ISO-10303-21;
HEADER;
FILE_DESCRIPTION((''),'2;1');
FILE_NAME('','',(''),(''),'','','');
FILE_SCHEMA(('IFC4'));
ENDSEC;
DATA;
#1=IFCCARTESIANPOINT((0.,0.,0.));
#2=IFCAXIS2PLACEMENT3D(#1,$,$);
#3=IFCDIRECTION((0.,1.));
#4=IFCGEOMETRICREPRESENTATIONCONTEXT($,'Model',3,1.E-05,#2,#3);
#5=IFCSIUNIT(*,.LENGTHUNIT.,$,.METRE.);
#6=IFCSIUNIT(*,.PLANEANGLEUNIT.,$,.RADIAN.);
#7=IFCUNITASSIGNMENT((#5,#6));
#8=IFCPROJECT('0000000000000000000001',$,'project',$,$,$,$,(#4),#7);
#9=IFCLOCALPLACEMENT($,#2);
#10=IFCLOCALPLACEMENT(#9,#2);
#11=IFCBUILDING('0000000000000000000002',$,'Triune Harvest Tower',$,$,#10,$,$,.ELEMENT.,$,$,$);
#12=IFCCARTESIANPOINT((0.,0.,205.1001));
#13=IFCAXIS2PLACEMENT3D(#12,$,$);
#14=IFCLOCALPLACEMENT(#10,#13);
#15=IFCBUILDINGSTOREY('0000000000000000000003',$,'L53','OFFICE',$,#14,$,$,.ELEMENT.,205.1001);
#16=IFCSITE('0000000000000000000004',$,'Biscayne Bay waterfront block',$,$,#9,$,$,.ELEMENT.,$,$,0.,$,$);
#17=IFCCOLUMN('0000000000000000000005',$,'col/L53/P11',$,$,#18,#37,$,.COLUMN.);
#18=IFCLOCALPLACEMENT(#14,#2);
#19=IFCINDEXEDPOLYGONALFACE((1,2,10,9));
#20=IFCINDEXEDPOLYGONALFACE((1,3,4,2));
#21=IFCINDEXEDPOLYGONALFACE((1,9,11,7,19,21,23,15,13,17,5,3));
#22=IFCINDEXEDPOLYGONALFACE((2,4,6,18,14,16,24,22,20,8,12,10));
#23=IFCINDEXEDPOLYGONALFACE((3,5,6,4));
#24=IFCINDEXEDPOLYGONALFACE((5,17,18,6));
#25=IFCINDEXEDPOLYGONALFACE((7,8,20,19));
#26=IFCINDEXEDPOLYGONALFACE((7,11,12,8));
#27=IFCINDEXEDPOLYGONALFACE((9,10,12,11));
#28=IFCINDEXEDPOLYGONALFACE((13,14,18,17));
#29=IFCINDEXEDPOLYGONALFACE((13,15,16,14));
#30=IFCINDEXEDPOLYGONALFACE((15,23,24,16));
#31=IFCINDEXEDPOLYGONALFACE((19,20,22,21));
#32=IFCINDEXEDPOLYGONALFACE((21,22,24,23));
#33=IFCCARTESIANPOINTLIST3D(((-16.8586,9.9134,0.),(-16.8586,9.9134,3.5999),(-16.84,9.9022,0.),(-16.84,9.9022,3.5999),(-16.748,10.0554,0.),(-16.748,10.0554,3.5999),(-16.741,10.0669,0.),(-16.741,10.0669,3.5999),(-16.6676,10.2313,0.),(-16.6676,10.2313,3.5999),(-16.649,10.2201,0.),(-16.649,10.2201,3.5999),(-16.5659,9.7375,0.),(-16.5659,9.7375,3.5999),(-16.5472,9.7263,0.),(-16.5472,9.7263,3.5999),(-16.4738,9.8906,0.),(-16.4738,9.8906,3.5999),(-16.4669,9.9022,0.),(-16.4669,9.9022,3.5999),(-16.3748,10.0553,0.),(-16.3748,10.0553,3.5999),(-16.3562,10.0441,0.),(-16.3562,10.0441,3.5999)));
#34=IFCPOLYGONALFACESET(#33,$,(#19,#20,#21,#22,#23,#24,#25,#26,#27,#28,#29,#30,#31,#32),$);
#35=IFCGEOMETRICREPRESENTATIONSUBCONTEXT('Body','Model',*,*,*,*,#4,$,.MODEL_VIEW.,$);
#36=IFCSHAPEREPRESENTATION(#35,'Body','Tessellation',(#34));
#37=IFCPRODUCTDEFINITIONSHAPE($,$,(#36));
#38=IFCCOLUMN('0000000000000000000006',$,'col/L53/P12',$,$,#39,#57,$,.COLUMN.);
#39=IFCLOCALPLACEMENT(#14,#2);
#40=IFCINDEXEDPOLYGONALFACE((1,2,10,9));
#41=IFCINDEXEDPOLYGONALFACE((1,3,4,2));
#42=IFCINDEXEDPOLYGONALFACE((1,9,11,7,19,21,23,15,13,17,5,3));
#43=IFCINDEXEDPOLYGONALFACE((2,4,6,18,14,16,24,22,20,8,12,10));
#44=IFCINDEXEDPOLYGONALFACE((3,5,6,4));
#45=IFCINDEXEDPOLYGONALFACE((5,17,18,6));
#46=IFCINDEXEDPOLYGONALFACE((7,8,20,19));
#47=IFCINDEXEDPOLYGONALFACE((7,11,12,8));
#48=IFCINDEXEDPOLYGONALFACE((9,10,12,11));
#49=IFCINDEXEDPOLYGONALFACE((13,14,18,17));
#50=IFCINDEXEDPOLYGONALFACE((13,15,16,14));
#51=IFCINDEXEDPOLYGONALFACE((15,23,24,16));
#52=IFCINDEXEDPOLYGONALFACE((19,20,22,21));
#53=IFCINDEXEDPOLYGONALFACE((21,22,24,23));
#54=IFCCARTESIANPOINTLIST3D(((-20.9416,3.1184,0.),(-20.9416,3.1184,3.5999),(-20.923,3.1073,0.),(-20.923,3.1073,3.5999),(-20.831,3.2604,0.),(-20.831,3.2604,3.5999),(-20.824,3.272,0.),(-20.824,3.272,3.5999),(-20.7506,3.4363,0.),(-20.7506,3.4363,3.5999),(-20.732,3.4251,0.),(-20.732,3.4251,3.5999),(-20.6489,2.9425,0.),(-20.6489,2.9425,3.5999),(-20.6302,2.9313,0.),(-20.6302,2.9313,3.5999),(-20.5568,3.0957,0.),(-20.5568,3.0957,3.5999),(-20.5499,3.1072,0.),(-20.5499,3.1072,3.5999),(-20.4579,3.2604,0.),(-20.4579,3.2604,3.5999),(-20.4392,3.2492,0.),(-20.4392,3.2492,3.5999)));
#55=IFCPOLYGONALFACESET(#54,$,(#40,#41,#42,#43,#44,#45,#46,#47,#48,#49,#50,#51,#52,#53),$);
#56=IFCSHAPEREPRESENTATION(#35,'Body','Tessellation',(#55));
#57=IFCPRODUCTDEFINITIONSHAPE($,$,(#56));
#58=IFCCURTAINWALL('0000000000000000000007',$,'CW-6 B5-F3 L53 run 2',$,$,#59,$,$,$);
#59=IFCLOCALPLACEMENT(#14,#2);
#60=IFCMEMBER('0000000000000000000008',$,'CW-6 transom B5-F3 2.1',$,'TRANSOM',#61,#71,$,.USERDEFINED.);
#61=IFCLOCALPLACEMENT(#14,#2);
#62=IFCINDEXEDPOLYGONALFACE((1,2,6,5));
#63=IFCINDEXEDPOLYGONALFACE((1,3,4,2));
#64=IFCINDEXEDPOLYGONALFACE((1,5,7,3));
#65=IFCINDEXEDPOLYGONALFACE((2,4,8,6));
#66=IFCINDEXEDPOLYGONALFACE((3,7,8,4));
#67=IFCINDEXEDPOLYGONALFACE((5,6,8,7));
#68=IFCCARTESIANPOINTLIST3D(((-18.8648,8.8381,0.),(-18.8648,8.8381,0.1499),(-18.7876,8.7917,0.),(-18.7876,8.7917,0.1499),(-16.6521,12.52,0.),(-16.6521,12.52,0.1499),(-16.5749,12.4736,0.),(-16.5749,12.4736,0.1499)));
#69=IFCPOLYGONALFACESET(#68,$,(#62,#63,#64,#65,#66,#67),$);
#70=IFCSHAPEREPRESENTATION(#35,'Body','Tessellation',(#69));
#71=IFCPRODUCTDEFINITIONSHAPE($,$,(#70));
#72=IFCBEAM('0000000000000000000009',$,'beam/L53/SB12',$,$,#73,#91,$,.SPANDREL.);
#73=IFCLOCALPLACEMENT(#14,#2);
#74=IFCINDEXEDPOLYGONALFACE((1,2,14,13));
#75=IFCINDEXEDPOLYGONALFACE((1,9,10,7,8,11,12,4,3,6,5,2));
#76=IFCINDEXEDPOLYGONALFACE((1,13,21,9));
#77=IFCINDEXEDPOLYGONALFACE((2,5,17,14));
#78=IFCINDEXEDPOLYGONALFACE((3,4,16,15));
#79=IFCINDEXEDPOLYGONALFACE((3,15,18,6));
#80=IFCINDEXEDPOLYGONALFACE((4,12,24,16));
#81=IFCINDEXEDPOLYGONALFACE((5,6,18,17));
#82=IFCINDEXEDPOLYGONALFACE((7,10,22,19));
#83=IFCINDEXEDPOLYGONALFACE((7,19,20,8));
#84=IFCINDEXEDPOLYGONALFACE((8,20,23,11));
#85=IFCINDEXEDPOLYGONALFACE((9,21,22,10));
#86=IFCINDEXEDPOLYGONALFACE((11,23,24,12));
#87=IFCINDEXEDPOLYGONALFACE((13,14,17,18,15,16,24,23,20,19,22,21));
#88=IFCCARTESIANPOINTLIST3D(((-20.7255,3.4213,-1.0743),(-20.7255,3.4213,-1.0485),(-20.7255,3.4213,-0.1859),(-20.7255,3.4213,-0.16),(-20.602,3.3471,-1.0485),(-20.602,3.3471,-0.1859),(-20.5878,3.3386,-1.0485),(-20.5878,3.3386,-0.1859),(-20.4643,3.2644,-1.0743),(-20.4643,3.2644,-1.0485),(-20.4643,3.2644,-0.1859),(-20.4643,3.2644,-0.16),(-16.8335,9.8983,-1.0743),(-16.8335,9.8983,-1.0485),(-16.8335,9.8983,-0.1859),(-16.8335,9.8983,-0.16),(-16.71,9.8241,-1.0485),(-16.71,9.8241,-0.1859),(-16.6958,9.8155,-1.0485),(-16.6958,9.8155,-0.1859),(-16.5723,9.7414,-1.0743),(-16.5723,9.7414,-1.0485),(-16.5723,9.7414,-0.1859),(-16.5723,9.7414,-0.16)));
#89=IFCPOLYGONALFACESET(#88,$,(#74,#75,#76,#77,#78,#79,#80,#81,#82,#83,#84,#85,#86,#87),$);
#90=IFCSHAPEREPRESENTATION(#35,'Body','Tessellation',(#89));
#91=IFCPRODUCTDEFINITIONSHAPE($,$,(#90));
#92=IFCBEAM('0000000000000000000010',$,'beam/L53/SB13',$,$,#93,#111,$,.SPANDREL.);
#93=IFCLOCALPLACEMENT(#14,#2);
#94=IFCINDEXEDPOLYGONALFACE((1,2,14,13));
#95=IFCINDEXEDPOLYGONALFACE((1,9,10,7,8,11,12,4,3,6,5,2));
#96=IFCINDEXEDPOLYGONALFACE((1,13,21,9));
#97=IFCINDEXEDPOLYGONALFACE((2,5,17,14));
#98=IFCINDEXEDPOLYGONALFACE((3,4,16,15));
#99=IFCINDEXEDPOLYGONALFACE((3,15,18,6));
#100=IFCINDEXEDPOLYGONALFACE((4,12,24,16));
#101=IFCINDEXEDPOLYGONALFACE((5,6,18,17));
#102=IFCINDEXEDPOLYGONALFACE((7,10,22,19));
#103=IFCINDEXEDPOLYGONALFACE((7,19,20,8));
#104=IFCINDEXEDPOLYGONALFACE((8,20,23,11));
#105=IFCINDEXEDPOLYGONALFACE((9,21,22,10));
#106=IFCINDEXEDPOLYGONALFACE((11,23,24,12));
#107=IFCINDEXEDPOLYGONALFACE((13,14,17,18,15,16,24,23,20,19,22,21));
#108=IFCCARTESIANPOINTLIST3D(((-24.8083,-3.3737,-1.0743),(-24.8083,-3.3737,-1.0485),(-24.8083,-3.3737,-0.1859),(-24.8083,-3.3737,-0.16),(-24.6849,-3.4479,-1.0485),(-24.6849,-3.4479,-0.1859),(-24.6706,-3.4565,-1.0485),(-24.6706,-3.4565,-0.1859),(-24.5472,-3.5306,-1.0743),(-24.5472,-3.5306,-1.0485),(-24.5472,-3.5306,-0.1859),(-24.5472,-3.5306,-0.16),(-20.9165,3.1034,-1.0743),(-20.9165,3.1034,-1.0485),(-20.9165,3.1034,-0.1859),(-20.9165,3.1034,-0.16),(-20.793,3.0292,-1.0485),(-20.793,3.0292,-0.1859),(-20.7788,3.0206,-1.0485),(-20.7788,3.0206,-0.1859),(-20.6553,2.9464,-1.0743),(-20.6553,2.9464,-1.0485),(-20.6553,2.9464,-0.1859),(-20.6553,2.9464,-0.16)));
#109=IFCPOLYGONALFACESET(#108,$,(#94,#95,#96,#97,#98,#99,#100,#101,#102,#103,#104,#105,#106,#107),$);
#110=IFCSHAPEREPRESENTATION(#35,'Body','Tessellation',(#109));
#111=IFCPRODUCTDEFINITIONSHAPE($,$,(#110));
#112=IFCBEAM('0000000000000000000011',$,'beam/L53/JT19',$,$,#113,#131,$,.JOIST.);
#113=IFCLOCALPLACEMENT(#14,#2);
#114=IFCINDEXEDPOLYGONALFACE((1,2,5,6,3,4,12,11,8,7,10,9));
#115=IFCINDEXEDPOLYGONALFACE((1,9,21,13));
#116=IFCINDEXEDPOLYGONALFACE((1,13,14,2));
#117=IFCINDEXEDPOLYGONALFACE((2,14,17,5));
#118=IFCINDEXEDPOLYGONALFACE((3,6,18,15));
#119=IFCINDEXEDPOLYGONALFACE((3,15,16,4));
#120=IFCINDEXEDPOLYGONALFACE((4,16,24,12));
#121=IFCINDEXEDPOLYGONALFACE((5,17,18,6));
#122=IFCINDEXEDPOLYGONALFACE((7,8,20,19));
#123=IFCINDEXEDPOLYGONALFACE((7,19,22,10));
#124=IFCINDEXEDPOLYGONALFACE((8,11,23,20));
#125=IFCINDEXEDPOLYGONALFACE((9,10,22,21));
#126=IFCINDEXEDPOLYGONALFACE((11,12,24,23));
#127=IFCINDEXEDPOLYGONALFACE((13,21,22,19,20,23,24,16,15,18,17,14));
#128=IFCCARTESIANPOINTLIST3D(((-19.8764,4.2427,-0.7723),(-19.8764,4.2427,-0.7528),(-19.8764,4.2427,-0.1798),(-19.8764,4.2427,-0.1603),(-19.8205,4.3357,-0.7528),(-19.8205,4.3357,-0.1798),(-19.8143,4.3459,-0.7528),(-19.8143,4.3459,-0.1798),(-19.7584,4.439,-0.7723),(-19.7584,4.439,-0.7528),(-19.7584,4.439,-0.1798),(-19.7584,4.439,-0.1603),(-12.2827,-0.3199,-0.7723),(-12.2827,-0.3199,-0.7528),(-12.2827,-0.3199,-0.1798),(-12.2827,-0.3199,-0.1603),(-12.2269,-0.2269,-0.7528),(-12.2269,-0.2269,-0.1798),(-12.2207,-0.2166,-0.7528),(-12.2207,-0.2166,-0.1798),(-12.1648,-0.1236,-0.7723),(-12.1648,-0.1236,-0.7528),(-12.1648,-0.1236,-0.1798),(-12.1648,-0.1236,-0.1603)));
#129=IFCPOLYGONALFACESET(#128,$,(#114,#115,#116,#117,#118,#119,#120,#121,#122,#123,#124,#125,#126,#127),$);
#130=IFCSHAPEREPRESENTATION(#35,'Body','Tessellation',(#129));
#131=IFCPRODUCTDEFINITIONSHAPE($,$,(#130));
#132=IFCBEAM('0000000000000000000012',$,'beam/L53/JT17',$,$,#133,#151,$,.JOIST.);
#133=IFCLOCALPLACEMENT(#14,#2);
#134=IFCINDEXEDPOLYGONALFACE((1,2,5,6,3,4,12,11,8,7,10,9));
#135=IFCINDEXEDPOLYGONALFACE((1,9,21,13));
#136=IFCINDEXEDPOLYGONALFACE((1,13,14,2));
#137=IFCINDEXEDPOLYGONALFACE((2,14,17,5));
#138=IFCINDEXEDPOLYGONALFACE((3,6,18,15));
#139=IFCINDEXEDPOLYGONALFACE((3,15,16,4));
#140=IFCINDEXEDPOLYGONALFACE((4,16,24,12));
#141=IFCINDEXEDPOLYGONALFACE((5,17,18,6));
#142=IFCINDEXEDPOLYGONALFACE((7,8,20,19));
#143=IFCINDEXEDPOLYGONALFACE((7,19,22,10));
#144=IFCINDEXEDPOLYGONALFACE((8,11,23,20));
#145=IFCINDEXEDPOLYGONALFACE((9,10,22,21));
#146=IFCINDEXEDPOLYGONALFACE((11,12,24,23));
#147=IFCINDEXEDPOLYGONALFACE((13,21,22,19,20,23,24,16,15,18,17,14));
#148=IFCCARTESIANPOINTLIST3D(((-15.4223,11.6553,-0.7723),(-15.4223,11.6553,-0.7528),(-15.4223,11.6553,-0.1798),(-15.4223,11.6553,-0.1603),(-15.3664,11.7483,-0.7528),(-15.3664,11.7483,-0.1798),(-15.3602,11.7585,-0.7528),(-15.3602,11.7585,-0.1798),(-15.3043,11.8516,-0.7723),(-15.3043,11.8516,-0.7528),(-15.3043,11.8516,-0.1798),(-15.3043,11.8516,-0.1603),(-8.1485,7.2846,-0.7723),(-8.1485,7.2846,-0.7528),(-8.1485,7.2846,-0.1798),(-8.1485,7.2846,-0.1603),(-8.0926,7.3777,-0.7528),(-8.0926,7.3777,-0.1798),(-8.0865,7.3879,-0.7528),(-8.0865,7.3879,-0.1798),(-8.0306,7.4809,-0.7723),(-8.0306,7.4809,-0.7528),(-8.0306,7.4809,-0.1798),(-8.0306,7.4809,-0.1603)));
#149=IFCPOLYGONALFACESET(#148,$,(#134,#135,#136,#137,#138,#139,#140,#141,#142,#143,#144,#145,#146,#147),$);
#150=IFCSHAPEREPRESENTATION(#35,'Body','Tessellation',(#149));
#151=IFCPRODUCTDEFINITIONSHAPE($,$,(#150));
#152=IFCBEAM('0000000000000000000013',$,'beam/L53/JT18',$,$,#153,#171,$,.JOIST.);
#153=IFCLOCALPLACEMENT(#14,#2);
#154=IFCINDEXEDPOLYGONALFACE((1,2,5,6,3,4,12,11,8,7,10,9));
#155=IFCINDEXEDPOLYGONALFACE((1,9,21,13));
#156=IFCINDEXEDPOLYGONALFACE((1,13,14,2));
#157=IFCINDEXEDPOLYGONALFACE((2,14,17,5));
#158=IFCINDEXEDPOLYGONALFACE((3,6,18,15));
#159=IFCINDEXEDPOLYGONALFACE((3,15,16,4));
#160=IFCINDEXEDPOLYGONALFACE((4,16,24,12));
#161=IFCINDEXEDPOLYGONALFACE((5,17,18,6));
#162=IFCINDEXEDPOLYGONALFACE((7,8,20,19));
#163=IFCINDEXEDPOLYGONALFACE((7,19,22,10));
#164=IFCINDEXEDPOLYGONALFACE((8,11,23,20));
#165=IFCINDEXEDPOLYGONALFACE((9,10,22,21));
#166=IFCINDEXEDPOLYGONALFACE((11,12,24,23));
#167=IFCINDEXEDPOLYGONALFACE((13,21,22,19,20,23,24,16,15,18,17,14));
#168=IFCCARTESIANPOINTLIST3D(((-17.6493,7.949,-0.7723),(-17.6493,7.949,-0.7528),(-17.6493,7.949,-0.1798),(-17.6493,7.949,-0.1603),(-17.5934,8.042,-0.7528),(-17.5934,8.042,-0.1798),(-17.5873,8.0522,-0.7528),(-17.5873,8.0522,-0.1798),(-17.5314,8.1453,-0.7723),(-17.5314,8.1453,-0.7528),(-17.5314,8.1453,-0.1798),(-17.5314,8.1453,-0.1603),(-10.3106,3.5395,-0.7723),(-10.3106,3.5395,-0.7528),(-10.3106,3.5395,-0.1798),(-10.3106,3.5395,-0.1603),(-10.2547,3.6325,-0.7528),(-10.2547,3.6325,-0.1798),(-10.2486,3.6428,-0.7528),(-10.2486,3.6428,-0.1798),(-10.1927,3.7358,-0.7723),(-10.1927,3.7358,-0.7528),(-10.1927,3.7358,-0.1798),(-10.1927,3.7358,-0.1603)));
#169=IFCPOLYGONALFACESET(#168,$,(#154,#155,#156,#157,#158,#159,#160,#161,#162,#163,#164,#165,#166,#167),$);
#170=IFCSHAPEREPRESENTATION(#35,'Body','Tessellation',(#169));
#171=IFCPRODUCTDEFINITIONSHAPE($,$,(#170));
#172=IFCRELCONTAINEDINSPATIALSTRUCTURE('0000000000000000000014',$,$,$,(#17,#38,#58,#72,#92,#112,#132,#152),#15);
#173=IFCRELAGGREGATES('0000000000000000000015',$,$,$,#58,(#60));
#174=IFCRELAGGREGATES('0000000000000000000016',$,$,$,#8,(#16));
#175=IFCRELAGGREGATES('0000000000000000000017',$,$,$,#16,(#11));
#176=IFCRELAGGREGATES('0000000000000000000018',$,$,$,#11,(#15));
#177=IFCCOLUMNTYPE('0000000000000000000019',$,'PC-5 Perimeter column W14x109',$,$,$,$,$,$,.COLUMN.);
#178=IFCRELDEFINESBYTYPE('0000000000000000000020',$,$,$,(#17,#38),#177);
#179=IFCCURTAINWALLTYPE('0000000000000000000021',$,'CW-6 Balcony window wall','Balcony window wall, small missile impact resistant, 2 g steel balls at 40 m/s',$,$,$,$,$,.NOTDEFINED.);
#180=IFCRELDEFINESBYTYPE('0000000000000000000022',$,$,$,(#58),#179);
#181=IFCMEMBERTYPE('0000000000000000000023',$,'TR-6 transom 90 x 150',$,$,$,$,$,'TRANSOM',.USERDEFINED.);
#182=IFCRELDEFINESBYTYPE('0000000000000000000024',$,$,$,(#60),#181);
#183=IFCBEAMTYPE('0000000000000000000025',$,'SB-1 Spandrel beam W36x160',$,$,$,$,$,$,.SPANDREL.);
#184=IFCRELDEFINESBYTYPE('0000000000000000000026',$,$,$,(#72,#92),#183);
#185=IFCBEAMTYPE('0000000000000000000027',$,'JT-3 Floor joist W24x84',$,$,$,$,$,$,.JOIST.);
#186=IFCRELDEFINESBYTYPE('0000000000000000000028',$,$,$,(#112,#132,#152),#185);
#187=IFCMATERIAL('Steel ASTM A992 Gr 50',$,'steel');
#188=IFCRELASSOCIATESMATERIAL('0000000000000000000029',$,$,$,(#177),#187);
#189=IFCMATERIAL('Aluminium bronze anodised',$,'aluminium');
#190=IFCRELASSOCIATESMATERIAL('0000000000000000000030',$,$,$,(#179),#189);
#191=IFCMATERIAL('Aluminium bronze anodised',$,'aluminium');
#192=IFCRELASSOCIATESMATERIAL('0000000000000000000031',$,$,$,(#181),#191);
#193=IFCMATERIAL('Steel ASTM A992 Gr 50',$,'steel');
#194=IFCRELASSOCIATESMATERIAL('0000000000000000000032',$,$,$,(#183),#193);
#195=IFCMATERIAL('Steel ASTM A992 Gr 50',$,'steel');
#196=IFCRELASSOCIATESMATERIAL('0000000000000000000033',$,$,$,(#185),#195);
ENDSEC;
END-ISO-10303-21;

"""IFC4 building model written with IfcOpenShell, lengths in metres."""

from ifc_helpers import new_model, si_unit, direction, frame, origin, origin_2d, place, context, subcontext, project, spatial, rectangle, i_section, extrude, source, transform, mapped, material, material_profile, profile_set, type_object, element, aggregate, save


model = new_model("IFC4")

# Units and contexts
model_context = context("Model", 3, precision=1e-05, world=origin(), true_north=direction((0.0, 1.0)))
body_context = subcontext(model_context, "Body", "Model", "MODEL_VIEW")
ifc_project = project(units=[si_unit("LENGTHUNIT", "METRE"), si_unit("PLANEANGLEUNIT", "RADIAN")], contexts=[model_context])

# Site, building, storey
site_placement = place(None, origin())
site = spatial("IfcSite", under=ifc_project, at=site_placement, Name="Biscayne Bay waterfront block", CompositionType="ELEMENT", RefElevation=0.0)
building_placement = place(site_placement, origin())
building = spatial("IfcBuilding", under=site, at=building_placement, Name="Triune Harvest Tower", CompositionType="ELEMENT")
storey_placement = place(building_placement, frame((0.0, 0.0, 205.1001)))
storey = spatial("IfcBuildingStorey", under=building, at=storey_placement, Name="L53", Description="OFFICE", CompositionType="ELEMENT", Elevation=205.1001)

# Columns
ifc_material_1 = material(Name="Steel ASTM A992 Gr 50", Category="steel")
ifc_material_profile_1 = material_profile(ifc_material_1, i_section(OverallWidth=0.3708, OverallDepth=0.3633, WebThickness=0.0134, FlangeThickness=0.0217, at=origin_2d()), Name="W14x109")
ifc_profile_set_1 = profile_set([ifc_material_profile_1], Name="Steel ASTM A992 Gr 50")
column_type = type_object("IfcColumnType", Name="PC-5 Perimeter column W14x109", PredefinedType="COLUMN", material=ifc_profile_set_1)
shared_shape_1 = source(origin(), body_context, "Body", "SweptSolid", [
    extrude(i_section(OverallWidth=0.3708, OverallDepth=0.3633, WebThickness=0.0134, FlangeThickness=0.0217, at=origin_2d()), origin(), (0.0, 0.0, 1.0), 3.5999),
])
for number, where, z_axis, x_axis, name in (
    (1, (-16.6074, 9.9788, 0.0), (0.0, 0.0, 1.0), (-0.515037, -0.857168, 0.0), "col/L53/P11"),
    (2, (-20.6904, 3.1838, 0.0), (0.0, 0.0, 1.0), (-0.515037, -0.857168, 0.0), "col/L53/P12"),
):
    element("IfcColumn", number, at=place(storey_placement, frame(where, z_axis=z_axis, x_axis=x_axis)), inside=storey, type_object=column_type, Name=name, PredefinedType="COLUMN", context=body_context, shape_type="MappedRepresentation", body=[
        mapped(shared_shape_1, transform((0.0, 0.0, 0.0), scale=1.0)),
    ])

# Curtain wall, member
ifc_material_2 = material(Name="Aluminium bronze anodised", Category="aluminium")
curtain_wall_type_1 = type_object("IfcCurtainWallType", Name="CW-6 Balcony window wall", Description="Balcony window wall, small missile impact resistant, 2 g steel balls at 40 m/s", PredefinedType="NOTDEFINED", material=ifc_material_2)
curtain_wall_1_placement = place(storey_placement, origin())
curtain_wall_1 = element("IfcCurtainWall", 3, at=curtain_wall_1_placement, inside=storey, type_object=curtain_wall_type_1, Name="CW-6 B5-F3 L53 run 2")
ifc_material_3 = material(Name="Aluminium bronze anodised", Category="aluminium")
ifc_material_profile_2 = material_profile(ifc_material_3, rectangle(XDim=0.0901, YDim=0.1499, at=origin_2d()), Name="TR-6 transom 90 x 150")
ifc_profile_set_2 = profile_set([ifc_material_profile_2], Name="Aluminium bronze anodised")
member_type_1 = type_object("IfcMemberType", Name="TR-6 transom 90 x 150", ElementType="TRANSOM", PredefinedType="USERDEFINED", material=ifc_profile_set_2)
member_1_placement = place(storey_placement, frame((-16.6135, 12.4968, 0.075), z_axis=(-0.515097, -0.857132, 0.0), x_axis=(0.857132, -0.515097, 0.0)))
member_1 = element("IfcMember", 4, at=member_1_placement, type_object=member_type_1, Name="CW-6 transom B5-F3 2.1", ObjectType="TRANSOM", PredefinedType="USERDEFINED", context=body_context, shape_type="SweptSolid", body=[
    extrude(rectangle(XDim=0.0901, YDim=0.1499, at=origin_2d()), origin(), (0.0, 0.0, 1.0), 4.2957),
])

# Beams
ifc_material_4 = material(Name="Steel ASTM A992 Gr 50", Category="steel")
ifc_material_profile_3 = material_profile(ifc_material_4, i_section(OverallWidth=0.3047, OverallDepth=0.9143, WebThickness=0.0166, FlangeThickness=0.0259, at=origin_2d()), Name="W36x160")
ifc_profile_set_3 = profile_set([ifc_material_profile_3], Name="Steel ASTM A992 Gr 50")
beam_type_1 = type_object("IfcBeamType", Name="SB-1 Spandrel beam W36x160", PredefinedType="SPANDREL", material=ifc_profile_set_3)
shared_shape_2 = source(origin(), body_context, "Body", "SweptSolid", [
    extrude(i_section(OverallWidth=0.3047, OverallDepth=0.9143, WebThickness=0.0166, FlangeThickness=0.0259, at=origin_2d()), origin(), (0.0, 0.0, 1.0), 7.5564),
])
for number, where, z_axis, x_axis, name in (
    (5, (-16.7029, 9.8198, -0.6172), (-0.515066, -0.857151, 0.0), (0.857151, -0.515066, 0.0), "beam/L53/SB12"),
    (6, (-20.7859, 3.0249, -0.6172), (-0.515042, -0.857165, 0.0), (0.857165, -0.515042, 0.0), "beam/L53/SB13"),
):
    element("IfcBeam", number, at=place(storey_placement, frame(where, z_axis=z_axis, x_axis=x_axis)), inside=storey, type_object=beam_type_1, Name=name, PredefinedType="SPANDREL", context=body_context, shape_type="MappedRepresentation", body=[
        mapped(shared_shape_2, transform((0.0, 0.0, 0.0), scale=1.0)),
    ])
ifc_material_5 = material(Name="Steel ASTM A992 Gr 50", Category="steel")
ifc_material_profile_4 = material_profile(ifc_material_5, i_section(OverallWidth=0.229, OverallDepth=0.6121, WebThickness=0.012, FlangeThickness=0.0195, at=origin_2d()), Name="W24x84")
ifc_profile_set_4 = profile_set([ifc_material_profile_4], Name="Steel ASTM A992 Gr 50")
beam_type_2 = type_object("IfcBeamType", Name="JT-3 Floor joist W24x84", PredefinedType="JOIST", material=ifc_profile_set_4)
shared_shape_3 = source(origin(), body_context, "Body", "SweptSolid", [
    extrude(i_section(OverallWidth=0.229, OverallDepth=0.6121, WebThickness=0.012, FlangeThickness=0.0195, at=origin_2d()), origin(), (0.0, 0.0, 1.0), 8.8589),
])
beam_1_placement = place(storey_placement, frame((-19.8174, 4.3408, -0.4663), z_axis=(0.857174, -0.515027, 0.0), x_axis=(0.515027, 0.857174, 0.0)))
element("IfcBeam", 7, at=beam_1_placement, inside=storey, type_object=beam_type_2, Name="beam/L53/JT19", PredefinedType="JOIST", context=body_context, shape_type="MappedRepresentation", body=[
    mapped(shared_shape_3, transform((0.0, 0.0, 0.0), scale=1.0)),
])
shared_shape_4 = source(origin(), body_context, "Body", "SweptSolid", [
    extrude(i_section(OverallWidth=0.229, OverallDepth=0.6121, WebThickness=0.012, FlangeThickness=0.0195, at=origin_2d()), origin(), (0.0, 0.0, 1.0), 8.4858),
])
beam_2_placement = place(storey_placement, frame((-15.3633, 11.7534, -0.4663), z_axis=(0.85716, -0.51505, 0.0), x_axis=(0.51505, 0.85716, 0.0)))
element("IfcBeam", 8, at=beam_2_placement, inside=storey, type_object=beam_type_2, Name="beam/L53/JT17", PredefinedType="JOIST", context=body_context, shape_type="MappedRepresentation", body=[
    mapped(shared_shape_4, transform((0.0, 0.0, 0.0), scale=1.0)),
])
shared_shape_5 = source(origin(), body_context, "Body", "SweptSolid", [
    extrude(i_section(OverallWidth=0.229, OverallDepth=0.6121, WebThickness=0.012, FlangeThickness=0.0195, at=origin_2d()), origin(), (0.0, 0.0, 1.0), 8.5615),
])
beam_3_placement = place(storey_placement, frame((-17.5903, 8.0471, -0.4663), z_axis=(0.857171, -0.515032, 0.0), x_axis=(0.515032, 0.857171, 0.0)))
element("IfcBeam", 9, at=beam_3_placement, inside=storey, type_object=beam_type_2, Name="beam/L53/JT18", PredefinedType="JOIST", context=body_context, shape_type="MappedRepresentation", body=[
    mapped(shared_shape_5, transform((0.0, 0.0, 0.0), scale=1.0)),
])

aggregate(curtain_wall_1, [member_1])

save(model, "model.ifc")
